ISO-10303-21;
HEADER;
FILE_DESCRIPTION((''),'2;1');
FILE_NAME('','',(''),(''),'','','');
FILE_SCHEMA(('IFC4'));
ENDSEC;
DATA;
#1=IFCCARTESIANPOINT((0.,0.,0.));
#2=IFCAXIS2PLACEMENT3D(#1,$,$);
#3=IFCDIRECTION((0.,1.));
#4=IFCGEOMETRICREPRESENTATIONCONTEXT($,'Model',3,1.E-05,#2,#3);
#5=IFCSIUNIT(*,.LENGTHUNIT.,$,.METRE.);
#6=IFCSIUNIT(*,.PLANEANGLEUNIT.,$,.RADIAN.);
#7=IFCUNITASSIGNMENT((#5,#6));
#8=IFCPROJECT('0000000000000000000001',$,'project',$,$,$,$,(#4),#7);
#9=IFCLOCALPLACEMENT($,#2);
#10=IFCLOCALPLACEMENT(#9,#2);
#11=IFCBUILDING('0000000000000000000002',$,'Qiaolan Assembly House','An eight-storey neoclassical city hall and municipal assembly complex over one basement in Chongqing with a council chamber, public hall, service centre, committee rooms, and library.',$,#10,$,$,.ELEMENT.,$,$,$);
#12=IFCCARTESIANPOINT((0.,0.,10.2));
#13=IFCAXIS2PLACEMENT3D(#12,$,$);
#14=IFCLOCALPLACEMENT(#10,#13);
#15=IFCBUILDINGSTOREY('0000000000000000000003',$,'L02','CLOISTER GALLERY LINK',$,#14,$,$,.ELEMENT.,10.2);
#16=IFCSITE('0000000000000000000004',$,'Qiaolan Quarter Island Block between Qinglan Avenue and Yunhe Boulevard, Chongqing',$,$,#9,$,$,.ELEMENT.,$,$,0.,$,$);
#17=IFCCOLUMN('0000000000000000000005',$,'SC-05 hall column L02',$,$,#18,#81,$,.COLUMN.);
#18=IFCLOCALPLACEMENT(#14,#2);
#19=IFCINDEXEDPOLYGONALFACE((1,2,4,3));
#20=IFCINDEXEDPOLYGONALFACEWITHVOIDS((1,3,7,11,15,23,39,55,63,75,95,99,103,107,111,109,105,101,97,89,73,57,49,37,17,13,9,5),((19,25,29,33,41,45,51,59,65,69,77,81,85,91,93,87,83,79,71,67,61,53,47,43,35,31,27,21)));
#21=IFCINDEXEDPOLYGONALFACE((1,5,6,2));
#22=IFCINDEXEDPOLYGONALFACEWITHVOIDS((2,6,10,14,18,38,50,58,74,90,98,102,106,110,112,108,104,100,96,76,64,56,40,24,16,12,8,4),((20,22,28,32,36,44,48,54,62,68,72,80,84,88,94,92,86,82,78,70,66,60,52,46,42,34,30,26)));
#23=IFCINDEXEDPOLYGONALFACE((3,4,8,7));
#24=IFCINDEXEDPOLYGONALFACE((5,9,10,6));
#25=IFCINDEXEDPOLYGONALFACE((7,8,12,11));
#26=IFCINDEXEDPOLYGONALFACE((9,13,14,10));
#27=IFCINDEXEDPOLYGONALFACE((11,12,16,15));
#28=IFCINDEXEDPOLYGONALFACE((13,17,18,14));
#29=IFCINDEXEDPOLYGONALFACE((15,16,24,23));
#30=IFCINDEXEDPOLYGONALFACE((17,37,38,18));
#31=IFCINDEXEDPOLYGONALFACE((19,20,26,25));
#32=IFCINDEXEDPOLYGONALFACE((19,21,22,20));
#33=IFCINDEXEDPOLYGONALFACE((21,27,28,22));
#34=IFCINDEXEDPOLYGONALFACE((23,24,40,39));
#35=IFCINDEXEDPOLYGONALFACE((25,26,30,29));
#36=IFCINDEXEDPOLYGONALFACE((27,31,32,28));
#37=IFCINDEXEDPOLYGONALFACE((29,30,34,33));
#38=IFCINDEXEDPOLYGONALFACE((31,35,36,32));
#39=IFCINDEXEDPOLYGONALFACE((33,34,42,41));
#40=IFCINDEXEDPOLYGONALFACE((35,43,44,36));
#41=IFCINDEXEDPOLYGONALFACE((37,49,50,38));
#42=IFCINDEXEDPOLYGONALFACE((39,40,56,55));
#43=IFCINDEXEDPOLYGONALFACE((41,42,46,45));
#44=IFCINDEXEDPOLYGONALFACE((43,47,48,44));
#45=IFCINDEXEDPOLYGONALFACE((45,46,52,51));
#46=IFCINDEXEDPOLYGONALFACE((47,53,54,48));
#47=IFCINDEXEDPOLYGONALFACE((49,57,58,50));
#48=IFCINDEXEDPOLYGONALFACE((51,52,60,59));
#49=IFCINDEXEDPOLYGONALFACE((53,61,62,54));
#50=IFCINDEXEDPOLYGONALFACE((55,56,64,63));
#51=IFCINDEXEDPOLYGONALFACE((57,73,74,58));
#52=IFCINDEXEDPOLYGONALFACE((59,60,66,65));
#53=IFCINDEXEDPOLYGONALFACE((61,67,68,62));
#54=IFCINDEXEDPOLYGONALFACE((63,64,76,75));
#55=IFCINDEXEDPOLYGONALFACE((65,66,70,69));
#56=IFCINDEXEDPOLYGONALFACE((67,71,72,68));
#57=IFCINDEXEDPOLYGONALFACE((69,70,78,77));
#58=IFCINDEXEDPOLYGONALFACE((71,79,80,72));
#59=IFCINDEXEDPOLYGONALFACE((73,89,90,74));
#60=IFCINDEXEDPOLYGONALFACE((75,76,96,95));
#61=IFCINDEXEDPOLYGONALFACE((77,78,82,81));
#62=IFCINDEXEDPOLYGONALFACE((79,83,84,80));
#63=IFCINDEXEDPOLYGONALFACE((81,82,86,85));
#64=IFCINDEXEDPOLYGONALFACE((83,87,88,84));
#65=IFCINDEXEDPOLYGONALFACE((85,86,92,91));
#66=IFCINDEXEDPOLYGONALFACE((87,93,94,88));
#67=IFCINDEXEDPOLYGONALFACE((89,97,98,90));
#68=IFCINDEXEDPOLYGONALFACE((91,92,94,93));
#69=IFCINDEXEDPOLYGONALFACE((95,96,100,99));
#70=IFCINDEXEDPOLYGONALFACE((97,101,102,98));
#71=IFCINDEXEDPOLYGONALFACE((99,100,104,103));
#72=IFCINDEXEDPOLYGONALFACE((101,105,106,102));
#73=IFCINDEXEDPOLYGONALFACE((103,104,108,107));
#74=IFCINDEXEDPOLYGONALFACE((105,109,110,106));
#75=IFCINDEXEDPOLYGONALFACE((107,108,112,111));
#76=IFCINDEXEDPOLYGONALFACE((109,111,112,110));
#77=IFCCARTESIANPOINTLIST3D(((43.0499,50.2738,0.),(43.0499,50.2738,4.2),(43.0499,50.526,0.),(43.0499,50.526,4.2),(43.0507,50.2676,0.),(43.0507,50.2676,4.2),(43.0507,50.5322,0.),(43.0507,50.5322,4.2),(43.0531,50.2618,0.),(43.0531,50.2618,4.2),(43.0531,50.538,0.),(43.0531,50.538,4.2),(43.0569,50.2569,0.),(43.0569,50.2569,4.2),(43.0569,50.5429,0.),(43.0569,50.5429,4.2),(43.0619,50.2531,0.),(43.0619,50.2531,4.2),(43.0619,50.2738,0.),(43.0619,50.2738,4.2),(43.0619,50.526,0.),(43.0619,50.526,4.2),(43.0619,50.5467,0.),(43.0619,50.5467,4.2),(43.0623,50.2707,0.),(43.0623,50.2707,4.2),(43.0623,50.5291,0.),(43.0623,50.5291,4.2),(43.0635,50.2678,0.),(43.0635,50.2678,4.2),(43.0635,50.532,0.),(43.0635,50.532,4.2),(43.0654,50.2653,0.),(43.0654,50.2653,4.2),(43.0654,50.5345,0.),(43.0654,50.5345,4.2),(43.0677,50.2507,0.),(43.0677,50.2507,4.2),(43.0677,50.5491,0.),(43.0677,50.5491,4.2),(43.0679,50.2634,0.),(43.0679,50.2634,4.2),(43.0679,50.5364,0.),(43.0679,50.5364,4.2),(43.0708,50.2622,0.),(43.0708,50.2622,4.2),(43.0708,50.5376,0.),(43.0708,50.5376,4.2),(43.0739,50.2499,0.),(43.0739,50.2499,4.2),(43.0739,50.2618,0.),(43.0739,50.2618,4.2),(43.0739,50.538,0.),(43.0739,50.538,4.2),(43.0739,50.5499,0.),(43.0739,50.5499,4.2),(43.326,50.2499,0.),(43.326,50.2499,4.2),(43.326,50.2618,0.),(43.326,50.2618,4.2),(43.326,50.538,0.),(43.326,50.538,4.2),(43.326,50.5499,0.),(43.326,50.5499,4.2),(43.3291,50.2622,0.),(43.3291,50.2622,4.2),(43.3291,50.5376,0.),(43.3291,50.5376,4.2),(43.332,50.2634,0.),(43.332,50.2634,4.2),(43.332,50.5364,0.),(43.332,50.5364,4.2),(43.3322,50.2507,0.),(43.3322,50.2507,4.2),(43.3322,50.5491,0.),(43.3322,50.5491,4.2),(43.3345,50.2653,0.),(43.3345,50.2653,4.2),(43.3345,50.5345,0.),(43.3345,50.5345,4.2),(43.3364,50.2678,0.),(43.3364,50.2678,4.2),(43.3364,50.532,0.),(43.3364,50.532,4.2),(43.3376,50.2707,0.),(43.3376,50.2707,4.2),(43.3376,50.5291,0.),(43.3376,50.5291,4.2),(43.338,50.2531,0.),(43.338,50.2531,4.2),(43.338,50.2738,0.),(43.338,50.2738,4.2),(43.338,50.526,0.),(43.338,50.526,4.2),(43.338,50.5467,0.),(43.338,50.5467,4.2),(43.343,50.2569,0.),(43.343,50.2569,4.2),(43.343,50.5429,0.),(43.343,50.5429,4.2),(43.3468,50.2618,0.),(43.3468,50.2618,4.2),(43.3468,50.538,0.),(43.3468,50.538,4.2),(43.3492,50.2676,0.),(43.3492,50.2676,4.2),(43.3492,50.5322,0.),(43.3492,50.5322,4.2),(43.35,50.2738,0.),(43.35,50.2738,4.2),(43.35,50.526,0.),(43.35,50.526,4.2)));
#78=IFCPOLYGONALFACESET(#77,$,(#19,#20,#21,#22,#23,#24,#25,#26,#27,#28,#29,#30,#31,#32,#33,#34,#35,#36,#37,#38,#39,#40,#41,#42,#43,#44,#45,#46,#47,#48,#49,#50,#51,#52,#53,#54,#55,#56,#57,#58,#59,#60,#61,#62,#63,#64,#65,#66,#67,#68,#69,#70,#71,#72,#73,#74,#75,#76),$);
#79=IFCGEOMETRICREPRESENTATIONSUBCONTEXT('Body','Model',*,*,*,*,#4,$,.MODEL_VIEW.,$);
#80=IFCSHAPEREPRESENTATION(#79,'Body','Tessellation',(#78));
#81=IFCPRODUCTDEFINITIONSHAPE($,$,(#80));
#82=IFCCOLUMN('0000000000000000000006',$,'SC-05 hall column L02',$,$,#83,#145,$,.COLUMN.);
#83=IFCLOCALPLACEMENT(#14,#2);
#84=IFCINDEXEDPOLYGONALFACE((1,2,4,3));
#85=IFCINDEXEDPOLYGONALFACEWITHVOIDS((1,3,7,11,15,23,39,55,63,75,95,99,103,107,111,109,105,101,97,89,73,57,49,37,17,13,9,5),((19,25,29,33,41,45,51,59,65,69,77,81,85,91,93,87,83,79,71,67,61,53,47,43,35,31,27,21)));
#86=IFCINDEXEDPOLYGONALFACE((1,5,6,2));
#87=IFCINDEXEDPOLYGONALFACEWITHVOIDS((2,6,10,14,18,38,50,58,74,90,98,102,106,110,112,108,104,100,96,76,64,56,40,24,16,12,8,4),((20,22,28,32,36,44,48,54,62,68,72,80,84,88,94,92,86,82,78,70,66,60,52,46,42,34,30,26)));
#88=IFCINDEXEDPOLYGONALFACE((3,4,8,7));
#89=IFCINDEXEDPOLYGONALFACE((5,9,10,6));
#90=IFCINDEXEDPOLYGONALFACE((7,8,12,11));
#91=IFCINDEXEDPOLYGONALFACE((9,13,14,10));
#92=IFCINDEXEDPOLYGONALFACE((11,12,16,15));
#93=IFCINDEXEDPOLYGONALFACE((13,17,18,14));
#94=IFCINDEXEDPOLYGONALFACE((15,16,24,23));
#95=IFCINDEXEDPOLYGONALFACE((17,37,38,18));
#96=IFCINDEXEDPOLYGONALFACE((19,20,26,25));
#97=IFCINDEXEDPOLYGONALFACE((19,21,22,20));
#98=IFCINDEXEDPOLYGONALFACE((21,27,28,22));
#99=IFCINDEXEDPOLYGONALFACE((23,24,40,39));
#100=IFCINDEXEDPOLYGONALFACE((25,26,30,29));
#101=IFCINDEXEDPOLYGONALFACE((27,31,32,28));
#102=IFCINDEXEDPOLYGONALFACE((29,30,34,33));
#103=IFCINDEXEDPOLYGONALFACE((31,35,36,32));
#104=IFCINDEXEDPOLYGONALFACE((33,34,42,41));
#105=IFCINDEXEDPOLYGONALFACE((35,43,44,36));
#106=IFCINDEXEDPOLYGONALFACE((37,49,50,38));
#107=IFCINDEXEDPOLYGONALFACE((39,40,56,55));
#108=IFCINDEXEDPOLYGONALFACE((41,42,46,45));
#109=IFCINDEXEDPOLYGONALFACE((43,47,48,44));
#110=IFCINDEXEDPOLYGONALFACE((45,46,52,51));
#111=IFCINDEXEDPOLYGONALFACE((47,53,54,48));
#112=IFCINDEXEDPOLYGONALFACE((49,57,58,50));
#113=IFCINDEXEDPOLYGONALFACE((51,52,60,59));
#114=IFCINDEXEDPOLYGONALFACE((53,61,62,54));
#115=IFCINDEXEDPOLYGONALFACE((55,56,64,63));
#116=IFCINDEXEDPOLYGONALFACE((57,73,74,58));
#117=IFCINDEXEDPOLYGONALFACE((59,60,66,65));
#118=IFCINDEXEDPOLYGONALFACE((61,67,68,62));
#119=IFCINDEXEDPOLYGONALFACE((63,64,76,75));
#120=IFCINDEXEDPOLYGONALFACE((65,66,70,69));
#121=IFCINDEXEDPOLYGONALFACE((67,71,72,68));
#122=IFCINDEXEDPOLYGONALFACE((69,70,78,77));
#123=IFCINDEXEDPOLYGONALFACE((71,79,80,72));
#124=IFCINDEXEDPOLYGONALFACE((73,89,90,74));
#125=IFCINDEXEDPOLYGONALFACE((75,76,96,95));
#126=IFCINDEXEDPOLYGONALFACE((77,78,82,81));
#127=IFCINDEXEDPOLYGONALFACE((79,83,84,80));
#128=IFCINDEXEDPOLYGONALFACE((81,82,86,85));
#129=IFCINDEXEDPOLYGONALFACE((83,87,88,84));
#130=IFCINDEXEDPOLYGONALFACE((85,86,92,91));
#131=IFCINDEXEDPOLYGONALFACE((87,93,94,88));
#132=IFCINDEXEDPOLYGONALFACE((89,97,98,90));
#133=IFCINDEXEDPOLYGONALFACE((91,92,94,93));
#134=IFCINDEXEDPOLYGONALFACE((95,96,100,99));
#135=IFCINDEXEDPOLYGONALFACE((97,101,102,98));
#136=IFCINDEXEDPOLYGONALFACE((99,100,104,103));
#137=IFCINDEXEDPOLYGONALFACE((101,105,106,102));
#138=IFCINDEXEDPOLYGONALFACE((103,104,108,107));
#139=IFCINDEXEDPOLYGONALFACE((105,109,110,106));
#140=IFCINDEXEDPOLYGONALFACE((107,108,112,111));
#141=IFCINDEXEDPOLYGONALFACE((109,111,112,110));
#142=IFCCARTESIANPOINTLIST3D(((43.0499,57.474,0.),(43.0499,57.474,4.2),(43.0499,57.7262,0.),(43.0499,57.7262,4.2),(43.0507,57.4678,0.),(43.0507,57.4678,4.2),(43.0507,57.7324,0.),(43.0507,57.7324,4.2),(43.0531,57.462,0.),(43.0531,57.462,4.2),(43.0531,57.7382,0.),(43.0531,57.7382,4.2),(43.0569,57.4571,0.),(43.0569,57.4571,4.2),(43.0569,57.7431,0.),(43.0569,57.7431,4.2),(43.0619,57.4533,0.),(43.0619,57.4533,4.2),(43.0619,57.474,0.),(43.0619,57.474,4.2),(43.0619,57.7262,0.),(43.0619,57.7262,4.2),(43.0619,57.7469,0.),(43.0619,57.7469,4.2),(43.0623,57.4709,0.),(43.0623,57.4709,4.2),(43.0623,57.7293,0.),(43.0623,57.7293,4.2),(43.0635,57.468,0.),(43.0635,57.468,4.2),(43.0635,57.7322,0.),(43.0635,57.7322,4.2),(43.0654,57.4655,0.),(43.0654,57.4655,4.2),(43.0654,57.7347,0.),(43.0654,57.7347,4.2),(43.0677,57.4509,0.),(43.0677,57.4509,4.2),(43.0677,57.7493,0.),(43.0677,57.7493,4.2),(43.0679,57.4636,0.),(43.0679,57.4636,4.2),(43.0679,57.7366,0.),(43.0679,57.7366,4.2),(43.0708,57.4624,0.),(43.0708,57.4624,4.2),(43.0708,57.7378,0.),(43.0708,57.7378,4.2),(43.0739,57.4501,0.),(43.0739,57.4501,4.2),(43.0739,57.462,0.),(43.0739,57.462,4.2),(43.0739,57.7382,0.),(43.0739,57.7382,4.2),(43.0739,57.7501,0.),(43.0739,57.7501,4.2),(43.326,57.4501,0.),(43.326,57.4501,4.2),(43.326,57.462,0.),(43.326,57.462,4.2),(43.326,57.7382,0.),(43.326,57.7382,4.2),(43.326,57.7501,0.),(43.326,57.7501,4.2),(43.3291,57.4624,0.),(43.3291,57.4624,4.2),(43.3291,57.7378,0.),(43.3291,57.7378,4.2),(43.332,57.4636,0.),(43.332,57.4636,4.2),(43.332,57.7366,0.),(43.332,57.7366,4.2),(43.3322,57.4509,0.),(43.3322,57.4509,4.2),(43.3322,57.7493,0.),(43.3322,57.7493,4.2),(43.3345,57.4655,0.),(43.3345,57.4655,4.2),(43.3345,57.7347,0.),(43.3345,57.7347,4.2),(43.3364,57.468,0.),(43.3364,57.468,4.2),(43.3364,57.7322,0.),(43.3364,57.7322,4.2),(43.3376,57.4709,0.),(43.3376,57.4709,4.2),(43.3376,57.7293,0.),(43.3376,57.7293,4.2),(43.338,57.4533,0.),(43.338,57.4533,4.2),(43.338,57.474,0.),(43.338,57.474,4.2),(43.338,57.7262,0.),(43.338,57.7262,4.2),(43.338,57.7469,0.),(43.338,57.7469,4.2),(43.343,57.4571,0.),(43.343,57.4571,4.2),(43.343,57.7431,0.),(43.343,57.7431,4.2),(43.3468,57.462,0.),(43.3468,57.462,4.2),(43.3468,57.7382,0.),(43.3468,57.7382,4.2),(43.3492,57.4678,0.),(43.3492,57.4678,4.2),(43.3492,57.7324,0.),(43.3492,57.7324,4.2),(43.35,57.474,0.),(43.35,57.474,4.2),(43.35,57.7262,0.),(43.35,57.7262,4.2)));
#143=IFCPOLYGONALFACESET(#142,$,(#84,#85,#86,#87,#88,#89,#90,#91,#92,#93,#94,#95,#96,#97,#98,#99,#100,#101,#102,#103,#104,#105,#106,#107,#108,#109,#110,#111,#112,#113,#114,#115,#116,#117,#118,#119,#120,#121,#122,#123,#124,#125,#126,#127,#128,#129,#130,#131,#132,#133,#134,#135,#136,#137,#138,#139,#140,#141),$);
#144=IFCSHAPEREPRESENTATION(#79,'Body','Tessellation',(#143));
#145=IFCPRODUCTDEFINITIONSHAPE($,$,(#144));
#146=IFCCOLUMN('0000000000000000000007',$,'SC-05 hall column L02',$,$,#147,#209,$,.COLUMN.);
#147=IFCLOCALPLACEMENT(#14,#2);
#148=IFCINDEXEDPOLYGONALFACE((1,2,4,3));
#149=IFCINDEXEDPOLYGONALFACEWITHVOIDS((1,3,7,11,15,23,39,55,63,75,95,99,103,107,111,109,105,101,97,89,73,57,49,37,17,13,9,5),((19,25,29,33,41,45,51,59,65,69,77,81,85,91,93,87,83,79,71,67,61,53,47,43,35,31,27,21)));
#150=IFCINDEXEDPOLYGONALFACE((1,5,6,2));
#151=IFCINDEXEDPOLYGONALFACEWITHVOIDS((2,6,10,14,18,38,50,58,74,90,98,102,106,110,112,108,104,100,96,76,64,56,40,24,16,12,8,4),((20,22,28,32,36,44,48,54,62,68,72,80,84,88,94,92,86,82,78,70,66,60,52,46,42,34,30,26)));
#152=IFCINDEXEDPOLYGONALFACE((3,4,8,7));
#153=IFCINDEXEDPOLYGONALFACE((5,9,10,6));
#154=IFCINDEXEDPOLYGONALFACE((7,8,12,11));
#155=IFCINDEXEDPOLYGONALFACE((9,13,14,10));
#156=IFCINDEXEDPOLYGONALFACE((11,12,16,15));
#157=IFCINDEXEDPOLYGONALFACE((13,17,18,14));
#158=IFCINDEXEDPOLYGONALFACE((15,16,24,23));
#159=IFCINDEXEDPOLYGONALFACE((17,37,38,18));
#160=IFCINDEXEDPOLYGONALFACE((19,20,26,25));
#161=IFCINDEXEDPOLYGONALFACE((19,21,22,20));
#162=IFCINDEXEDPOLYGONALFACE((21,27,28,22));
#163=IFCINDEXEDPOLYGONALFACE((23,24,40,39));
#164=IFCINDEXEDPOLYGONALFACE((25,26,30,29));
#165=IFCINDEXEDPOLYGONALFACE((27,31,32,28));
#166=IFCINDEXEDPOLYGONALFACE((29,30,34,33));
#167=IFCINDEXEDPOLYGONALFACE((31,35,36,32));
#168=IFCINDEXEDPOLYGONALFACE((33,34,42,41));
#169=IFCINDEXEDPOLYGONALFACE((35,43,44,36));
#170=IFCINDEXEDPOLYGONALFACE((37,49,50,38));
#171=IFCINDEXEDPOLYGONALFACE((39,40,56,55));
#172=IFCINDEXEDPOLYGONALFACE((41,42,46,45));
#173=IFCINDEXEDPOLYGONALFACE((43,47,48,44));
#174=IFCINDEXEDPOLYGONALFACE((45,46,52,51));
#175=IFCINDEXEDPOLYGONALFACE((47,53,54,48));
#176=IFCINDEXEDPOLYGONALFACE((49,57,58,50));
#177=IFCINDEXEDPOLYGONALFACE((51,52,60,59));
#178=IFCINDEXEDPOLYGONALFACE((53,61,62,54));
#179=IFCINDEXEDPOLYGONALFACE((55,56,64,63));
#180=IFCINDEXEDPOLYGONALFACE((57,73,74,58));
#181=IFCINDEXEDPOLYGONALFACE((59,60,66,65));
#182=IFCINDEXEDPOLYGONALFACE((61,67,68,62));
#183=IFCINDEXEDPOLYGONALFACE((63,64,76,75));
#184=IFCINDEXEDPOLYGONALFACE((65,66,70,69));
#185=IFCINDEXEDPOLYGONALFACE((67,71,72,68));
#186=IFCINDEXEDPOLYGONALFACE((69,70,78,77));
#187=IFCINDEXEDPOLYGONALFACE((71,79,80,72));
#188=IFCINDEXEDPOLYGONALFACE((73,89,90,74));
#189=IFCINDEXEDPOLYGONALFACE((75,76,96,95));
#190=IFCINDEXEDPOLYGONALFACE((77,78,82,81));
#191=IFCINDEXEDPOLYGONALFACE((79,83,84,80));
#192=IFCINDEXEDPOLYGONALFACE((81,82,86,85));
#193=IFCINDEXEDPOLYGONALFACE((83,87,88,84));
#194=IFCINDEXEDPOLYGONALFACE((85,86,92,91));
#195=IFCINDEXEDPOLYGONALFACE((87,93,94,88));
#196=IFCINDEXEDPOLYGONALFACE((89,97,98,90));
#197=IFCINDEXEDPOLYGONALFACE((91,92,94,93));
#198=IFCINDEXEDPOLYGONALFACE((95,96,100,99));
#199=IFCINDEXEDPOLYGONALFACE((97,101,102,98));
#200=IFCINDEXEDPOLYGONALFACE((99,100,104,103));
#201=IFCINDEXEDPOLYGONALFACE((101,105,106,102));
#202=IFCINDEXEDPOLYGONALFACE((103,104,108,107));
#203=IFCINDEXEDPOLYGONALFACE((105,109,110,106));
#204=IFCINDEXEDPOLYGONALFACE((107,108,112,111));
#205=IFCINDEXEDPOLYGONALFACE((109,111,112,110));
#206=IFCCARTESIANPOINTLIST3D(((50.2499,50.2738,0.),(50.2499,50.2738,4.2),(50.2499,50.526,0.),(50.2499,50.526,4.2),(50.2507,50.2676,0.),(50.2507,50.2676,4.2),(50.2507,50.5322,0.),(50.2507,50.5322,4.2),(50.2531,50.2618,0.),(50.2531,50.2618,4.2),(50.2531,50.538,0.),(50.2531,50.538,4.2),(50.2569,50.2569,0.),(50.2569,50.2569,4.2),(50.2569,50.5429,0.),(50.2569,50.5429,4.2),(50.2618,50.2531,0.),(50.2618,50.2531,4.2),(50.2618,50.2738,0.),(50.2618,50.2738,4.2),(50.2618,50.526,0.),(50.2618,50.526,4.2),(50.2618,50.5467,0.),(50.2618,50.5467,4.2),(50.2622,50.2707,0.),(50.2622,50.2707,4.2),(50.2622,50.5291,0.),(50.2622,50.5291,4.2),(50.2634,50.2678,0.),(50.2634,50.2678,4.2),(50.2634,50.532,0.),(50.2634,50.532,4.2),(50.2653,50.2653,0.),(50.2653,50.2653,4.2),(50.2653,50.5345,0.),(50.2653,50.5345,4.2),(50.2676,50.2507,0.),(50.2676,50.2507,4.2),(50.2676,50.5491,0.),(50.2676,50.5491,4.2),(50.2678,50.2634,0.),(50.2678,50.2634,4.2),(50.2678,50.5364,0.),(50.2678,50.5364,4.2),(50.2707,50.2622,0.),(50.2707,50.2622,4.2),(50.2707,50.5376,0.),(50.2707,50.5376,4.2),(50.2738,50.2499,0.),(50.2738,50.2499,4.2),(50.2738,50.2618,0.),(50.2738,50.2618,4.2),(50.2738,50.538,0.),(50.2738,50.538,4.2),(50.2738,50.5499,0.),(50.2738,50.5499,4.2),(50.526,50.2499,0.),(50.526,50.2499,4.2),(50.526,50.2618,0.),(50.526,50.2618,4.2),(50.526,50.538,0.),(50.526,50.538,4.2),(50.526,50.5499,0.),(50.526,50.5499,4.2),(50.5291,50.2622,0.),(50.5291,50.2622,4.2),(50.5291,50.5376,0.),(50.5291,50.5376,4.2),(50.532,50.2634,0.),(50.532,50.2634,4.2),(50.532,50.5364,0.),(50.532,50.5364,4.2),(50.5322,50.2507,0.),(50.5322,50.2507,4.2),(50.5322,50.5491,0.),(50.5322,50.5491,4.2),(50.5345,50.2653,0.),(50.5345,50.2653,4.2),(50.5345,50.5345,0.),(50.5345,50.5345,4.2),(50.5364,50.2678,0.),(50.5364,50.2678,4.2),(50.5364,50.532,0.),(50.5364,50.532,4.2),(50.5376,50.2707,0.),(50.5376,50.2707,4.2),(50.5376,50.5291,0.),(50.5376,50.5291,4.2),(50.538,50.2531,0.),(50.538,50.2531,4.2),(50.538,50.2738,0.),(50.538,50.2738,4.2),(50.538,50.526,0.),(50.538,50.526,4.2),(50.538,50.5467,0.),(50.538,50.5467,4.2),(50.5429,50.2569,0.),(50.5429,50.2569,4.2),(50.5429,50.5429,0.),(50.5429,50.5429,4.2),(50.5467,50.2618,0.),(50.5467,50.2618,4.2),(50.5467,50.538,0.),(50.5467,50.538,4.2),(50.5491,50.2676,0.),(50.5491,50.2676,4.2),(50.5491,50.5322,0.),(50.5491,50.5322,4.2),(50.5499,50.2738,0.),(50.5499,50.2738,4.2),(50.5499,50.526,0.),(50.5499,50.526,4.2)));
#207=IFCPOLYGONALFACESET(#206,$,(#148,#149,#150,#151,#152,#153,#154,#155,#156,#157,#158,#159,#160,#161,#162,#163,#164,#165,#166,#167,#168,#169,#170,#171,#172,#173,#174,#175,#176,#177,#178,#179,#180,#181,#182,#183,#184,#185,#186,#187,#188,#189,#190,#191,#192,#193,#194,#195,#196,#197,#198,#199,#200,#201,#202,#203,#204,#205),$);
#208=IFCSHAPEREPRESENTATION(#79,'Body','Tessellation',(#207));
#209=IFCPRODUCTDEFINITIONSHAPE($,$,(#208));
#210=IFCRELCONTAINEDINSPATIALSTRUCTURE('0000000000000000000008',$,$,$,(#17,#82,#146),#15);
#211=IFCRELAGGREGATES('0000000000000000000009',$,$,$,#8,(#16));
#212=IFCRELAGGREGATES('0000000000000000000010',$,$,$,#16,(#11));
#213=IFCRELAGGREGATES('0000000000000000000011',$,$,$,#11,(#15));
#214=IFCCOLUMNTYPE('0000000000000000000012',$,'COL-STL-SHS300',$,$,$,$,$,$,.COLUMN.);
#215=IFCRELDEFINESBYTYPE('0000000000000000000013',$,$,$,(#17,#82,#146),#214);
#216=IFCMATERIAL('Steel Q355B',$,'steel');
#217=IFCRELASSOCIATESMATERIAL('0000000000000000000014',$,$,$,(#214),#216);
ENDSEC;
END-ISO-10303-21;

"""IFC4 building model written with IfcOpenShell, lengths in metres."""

from ifc_helpers import new_model, si_unit, direction, frame, origin, origin_2d, place, context, subcontext, project, spatial, hollow_rectangle, extrude, material, material_profile, profile_set, type_object, element, save


model = new_model("IFC4")

# Units and contexts
model_context = context("Model", 3, precision=1e-05, world=origin(), true_north=direction((0.0, 1.0)))
body_context = subcontext(model_context, "Body", "Model", "MODEL_VIEW")
ifc_project = project(units=[si_unit("LENGTHUNIT", "METRE"), si_unit("PLANEANGLEUNIT", "RADIAN")], contexts=[model_context])

# Site, building, storey
site_placement = place(None, origin())
site = spatial("IfcSite", under=ifc_project, at=site_placement, Name="Qiaolan Quarter Island Block between Qinglan Avenue and Yunhe Boulevard, Chongqing", CompositionType="ELEMENT", RefElevation=0.0)
building_placement = place(site_placement, origin())
building = spatial("IfcBuilding", under=site, at=building_placement, Name="Qiaolan Assembly House", Description="An eight-storey neoclassical city hall and municipal assembly complex over one basement in Chongqing with a council chamber, public hall, service centre, committee rooms, and library.", CompositionType="ELEMENT")
storey_placement = place(building_placement, frame((0.0, 0.0, 10.2)))
storey = spatial("IfcBuildingStorey", under=building, at=storey_placement, Name="L02", Description="CLOISTER GALLERY LINK", CompositionType="ELEMENT", Elevation=10.2)

# Columns
ifc_material_1 = material(Name="Steel Q355B", Category="steel")
ifc_material_profile_1 = material_profile(ifc_material_1, hollow_rectangle(XDim=0.3, YDim=0.3, WallThickness=0.012, InnerFilletRadius=0.012, OuterFilletRadius=0.0239, at=origin_2d()), Name="SHS 300x300x12")
ifc_profile_set_1 = profile_set([ifc_material_profile_1], Name="Steel Q355B")
column_type = type_object("IfcColumnType", Name="COL-STL-SHS300", PredefinedType="COLUMN", material=ifc_profile_set_1)
for number, where, z_axis, x_axis, name in (
    (1, (43.2, 50.3999, 0.0), (0.0, 0.0, 1.0), (1.0, 0.0, 0.0), "SC-05 hall column L02"),
    (2, (43.2, 57.6001, 0.0), (0.0, 0.0, 1.0), (1.0, 0.0, 0.0), "SC-05 hall column L02"),
    (3, (50.3999, 50.3999, 0.0), (0.0, 0.0, 1.0), (1.0, 0.0, 0.0), "SC-05 hall column L02"),
):
    element("IfcColumn", number, at=place(storey_placement, frame(where, z_axis=z_axis, x_axis=x_axis)), inside=storey, type_object=column_type, Name=name, PredefinedType="COLUMN", context=body_context, shape_type="SweptSolid", body=[
        extrude(hollow_rectangle(XDim=0.3, YDim=0.3, WallThickness=0.012, InnerFilletRadius=0.012, OuterFilletRadius=0.0239, at=origin_2d()), origin(), (0.0, 0.0, 1.0), 4.2),
    ])

save(model, "model.ifc")
